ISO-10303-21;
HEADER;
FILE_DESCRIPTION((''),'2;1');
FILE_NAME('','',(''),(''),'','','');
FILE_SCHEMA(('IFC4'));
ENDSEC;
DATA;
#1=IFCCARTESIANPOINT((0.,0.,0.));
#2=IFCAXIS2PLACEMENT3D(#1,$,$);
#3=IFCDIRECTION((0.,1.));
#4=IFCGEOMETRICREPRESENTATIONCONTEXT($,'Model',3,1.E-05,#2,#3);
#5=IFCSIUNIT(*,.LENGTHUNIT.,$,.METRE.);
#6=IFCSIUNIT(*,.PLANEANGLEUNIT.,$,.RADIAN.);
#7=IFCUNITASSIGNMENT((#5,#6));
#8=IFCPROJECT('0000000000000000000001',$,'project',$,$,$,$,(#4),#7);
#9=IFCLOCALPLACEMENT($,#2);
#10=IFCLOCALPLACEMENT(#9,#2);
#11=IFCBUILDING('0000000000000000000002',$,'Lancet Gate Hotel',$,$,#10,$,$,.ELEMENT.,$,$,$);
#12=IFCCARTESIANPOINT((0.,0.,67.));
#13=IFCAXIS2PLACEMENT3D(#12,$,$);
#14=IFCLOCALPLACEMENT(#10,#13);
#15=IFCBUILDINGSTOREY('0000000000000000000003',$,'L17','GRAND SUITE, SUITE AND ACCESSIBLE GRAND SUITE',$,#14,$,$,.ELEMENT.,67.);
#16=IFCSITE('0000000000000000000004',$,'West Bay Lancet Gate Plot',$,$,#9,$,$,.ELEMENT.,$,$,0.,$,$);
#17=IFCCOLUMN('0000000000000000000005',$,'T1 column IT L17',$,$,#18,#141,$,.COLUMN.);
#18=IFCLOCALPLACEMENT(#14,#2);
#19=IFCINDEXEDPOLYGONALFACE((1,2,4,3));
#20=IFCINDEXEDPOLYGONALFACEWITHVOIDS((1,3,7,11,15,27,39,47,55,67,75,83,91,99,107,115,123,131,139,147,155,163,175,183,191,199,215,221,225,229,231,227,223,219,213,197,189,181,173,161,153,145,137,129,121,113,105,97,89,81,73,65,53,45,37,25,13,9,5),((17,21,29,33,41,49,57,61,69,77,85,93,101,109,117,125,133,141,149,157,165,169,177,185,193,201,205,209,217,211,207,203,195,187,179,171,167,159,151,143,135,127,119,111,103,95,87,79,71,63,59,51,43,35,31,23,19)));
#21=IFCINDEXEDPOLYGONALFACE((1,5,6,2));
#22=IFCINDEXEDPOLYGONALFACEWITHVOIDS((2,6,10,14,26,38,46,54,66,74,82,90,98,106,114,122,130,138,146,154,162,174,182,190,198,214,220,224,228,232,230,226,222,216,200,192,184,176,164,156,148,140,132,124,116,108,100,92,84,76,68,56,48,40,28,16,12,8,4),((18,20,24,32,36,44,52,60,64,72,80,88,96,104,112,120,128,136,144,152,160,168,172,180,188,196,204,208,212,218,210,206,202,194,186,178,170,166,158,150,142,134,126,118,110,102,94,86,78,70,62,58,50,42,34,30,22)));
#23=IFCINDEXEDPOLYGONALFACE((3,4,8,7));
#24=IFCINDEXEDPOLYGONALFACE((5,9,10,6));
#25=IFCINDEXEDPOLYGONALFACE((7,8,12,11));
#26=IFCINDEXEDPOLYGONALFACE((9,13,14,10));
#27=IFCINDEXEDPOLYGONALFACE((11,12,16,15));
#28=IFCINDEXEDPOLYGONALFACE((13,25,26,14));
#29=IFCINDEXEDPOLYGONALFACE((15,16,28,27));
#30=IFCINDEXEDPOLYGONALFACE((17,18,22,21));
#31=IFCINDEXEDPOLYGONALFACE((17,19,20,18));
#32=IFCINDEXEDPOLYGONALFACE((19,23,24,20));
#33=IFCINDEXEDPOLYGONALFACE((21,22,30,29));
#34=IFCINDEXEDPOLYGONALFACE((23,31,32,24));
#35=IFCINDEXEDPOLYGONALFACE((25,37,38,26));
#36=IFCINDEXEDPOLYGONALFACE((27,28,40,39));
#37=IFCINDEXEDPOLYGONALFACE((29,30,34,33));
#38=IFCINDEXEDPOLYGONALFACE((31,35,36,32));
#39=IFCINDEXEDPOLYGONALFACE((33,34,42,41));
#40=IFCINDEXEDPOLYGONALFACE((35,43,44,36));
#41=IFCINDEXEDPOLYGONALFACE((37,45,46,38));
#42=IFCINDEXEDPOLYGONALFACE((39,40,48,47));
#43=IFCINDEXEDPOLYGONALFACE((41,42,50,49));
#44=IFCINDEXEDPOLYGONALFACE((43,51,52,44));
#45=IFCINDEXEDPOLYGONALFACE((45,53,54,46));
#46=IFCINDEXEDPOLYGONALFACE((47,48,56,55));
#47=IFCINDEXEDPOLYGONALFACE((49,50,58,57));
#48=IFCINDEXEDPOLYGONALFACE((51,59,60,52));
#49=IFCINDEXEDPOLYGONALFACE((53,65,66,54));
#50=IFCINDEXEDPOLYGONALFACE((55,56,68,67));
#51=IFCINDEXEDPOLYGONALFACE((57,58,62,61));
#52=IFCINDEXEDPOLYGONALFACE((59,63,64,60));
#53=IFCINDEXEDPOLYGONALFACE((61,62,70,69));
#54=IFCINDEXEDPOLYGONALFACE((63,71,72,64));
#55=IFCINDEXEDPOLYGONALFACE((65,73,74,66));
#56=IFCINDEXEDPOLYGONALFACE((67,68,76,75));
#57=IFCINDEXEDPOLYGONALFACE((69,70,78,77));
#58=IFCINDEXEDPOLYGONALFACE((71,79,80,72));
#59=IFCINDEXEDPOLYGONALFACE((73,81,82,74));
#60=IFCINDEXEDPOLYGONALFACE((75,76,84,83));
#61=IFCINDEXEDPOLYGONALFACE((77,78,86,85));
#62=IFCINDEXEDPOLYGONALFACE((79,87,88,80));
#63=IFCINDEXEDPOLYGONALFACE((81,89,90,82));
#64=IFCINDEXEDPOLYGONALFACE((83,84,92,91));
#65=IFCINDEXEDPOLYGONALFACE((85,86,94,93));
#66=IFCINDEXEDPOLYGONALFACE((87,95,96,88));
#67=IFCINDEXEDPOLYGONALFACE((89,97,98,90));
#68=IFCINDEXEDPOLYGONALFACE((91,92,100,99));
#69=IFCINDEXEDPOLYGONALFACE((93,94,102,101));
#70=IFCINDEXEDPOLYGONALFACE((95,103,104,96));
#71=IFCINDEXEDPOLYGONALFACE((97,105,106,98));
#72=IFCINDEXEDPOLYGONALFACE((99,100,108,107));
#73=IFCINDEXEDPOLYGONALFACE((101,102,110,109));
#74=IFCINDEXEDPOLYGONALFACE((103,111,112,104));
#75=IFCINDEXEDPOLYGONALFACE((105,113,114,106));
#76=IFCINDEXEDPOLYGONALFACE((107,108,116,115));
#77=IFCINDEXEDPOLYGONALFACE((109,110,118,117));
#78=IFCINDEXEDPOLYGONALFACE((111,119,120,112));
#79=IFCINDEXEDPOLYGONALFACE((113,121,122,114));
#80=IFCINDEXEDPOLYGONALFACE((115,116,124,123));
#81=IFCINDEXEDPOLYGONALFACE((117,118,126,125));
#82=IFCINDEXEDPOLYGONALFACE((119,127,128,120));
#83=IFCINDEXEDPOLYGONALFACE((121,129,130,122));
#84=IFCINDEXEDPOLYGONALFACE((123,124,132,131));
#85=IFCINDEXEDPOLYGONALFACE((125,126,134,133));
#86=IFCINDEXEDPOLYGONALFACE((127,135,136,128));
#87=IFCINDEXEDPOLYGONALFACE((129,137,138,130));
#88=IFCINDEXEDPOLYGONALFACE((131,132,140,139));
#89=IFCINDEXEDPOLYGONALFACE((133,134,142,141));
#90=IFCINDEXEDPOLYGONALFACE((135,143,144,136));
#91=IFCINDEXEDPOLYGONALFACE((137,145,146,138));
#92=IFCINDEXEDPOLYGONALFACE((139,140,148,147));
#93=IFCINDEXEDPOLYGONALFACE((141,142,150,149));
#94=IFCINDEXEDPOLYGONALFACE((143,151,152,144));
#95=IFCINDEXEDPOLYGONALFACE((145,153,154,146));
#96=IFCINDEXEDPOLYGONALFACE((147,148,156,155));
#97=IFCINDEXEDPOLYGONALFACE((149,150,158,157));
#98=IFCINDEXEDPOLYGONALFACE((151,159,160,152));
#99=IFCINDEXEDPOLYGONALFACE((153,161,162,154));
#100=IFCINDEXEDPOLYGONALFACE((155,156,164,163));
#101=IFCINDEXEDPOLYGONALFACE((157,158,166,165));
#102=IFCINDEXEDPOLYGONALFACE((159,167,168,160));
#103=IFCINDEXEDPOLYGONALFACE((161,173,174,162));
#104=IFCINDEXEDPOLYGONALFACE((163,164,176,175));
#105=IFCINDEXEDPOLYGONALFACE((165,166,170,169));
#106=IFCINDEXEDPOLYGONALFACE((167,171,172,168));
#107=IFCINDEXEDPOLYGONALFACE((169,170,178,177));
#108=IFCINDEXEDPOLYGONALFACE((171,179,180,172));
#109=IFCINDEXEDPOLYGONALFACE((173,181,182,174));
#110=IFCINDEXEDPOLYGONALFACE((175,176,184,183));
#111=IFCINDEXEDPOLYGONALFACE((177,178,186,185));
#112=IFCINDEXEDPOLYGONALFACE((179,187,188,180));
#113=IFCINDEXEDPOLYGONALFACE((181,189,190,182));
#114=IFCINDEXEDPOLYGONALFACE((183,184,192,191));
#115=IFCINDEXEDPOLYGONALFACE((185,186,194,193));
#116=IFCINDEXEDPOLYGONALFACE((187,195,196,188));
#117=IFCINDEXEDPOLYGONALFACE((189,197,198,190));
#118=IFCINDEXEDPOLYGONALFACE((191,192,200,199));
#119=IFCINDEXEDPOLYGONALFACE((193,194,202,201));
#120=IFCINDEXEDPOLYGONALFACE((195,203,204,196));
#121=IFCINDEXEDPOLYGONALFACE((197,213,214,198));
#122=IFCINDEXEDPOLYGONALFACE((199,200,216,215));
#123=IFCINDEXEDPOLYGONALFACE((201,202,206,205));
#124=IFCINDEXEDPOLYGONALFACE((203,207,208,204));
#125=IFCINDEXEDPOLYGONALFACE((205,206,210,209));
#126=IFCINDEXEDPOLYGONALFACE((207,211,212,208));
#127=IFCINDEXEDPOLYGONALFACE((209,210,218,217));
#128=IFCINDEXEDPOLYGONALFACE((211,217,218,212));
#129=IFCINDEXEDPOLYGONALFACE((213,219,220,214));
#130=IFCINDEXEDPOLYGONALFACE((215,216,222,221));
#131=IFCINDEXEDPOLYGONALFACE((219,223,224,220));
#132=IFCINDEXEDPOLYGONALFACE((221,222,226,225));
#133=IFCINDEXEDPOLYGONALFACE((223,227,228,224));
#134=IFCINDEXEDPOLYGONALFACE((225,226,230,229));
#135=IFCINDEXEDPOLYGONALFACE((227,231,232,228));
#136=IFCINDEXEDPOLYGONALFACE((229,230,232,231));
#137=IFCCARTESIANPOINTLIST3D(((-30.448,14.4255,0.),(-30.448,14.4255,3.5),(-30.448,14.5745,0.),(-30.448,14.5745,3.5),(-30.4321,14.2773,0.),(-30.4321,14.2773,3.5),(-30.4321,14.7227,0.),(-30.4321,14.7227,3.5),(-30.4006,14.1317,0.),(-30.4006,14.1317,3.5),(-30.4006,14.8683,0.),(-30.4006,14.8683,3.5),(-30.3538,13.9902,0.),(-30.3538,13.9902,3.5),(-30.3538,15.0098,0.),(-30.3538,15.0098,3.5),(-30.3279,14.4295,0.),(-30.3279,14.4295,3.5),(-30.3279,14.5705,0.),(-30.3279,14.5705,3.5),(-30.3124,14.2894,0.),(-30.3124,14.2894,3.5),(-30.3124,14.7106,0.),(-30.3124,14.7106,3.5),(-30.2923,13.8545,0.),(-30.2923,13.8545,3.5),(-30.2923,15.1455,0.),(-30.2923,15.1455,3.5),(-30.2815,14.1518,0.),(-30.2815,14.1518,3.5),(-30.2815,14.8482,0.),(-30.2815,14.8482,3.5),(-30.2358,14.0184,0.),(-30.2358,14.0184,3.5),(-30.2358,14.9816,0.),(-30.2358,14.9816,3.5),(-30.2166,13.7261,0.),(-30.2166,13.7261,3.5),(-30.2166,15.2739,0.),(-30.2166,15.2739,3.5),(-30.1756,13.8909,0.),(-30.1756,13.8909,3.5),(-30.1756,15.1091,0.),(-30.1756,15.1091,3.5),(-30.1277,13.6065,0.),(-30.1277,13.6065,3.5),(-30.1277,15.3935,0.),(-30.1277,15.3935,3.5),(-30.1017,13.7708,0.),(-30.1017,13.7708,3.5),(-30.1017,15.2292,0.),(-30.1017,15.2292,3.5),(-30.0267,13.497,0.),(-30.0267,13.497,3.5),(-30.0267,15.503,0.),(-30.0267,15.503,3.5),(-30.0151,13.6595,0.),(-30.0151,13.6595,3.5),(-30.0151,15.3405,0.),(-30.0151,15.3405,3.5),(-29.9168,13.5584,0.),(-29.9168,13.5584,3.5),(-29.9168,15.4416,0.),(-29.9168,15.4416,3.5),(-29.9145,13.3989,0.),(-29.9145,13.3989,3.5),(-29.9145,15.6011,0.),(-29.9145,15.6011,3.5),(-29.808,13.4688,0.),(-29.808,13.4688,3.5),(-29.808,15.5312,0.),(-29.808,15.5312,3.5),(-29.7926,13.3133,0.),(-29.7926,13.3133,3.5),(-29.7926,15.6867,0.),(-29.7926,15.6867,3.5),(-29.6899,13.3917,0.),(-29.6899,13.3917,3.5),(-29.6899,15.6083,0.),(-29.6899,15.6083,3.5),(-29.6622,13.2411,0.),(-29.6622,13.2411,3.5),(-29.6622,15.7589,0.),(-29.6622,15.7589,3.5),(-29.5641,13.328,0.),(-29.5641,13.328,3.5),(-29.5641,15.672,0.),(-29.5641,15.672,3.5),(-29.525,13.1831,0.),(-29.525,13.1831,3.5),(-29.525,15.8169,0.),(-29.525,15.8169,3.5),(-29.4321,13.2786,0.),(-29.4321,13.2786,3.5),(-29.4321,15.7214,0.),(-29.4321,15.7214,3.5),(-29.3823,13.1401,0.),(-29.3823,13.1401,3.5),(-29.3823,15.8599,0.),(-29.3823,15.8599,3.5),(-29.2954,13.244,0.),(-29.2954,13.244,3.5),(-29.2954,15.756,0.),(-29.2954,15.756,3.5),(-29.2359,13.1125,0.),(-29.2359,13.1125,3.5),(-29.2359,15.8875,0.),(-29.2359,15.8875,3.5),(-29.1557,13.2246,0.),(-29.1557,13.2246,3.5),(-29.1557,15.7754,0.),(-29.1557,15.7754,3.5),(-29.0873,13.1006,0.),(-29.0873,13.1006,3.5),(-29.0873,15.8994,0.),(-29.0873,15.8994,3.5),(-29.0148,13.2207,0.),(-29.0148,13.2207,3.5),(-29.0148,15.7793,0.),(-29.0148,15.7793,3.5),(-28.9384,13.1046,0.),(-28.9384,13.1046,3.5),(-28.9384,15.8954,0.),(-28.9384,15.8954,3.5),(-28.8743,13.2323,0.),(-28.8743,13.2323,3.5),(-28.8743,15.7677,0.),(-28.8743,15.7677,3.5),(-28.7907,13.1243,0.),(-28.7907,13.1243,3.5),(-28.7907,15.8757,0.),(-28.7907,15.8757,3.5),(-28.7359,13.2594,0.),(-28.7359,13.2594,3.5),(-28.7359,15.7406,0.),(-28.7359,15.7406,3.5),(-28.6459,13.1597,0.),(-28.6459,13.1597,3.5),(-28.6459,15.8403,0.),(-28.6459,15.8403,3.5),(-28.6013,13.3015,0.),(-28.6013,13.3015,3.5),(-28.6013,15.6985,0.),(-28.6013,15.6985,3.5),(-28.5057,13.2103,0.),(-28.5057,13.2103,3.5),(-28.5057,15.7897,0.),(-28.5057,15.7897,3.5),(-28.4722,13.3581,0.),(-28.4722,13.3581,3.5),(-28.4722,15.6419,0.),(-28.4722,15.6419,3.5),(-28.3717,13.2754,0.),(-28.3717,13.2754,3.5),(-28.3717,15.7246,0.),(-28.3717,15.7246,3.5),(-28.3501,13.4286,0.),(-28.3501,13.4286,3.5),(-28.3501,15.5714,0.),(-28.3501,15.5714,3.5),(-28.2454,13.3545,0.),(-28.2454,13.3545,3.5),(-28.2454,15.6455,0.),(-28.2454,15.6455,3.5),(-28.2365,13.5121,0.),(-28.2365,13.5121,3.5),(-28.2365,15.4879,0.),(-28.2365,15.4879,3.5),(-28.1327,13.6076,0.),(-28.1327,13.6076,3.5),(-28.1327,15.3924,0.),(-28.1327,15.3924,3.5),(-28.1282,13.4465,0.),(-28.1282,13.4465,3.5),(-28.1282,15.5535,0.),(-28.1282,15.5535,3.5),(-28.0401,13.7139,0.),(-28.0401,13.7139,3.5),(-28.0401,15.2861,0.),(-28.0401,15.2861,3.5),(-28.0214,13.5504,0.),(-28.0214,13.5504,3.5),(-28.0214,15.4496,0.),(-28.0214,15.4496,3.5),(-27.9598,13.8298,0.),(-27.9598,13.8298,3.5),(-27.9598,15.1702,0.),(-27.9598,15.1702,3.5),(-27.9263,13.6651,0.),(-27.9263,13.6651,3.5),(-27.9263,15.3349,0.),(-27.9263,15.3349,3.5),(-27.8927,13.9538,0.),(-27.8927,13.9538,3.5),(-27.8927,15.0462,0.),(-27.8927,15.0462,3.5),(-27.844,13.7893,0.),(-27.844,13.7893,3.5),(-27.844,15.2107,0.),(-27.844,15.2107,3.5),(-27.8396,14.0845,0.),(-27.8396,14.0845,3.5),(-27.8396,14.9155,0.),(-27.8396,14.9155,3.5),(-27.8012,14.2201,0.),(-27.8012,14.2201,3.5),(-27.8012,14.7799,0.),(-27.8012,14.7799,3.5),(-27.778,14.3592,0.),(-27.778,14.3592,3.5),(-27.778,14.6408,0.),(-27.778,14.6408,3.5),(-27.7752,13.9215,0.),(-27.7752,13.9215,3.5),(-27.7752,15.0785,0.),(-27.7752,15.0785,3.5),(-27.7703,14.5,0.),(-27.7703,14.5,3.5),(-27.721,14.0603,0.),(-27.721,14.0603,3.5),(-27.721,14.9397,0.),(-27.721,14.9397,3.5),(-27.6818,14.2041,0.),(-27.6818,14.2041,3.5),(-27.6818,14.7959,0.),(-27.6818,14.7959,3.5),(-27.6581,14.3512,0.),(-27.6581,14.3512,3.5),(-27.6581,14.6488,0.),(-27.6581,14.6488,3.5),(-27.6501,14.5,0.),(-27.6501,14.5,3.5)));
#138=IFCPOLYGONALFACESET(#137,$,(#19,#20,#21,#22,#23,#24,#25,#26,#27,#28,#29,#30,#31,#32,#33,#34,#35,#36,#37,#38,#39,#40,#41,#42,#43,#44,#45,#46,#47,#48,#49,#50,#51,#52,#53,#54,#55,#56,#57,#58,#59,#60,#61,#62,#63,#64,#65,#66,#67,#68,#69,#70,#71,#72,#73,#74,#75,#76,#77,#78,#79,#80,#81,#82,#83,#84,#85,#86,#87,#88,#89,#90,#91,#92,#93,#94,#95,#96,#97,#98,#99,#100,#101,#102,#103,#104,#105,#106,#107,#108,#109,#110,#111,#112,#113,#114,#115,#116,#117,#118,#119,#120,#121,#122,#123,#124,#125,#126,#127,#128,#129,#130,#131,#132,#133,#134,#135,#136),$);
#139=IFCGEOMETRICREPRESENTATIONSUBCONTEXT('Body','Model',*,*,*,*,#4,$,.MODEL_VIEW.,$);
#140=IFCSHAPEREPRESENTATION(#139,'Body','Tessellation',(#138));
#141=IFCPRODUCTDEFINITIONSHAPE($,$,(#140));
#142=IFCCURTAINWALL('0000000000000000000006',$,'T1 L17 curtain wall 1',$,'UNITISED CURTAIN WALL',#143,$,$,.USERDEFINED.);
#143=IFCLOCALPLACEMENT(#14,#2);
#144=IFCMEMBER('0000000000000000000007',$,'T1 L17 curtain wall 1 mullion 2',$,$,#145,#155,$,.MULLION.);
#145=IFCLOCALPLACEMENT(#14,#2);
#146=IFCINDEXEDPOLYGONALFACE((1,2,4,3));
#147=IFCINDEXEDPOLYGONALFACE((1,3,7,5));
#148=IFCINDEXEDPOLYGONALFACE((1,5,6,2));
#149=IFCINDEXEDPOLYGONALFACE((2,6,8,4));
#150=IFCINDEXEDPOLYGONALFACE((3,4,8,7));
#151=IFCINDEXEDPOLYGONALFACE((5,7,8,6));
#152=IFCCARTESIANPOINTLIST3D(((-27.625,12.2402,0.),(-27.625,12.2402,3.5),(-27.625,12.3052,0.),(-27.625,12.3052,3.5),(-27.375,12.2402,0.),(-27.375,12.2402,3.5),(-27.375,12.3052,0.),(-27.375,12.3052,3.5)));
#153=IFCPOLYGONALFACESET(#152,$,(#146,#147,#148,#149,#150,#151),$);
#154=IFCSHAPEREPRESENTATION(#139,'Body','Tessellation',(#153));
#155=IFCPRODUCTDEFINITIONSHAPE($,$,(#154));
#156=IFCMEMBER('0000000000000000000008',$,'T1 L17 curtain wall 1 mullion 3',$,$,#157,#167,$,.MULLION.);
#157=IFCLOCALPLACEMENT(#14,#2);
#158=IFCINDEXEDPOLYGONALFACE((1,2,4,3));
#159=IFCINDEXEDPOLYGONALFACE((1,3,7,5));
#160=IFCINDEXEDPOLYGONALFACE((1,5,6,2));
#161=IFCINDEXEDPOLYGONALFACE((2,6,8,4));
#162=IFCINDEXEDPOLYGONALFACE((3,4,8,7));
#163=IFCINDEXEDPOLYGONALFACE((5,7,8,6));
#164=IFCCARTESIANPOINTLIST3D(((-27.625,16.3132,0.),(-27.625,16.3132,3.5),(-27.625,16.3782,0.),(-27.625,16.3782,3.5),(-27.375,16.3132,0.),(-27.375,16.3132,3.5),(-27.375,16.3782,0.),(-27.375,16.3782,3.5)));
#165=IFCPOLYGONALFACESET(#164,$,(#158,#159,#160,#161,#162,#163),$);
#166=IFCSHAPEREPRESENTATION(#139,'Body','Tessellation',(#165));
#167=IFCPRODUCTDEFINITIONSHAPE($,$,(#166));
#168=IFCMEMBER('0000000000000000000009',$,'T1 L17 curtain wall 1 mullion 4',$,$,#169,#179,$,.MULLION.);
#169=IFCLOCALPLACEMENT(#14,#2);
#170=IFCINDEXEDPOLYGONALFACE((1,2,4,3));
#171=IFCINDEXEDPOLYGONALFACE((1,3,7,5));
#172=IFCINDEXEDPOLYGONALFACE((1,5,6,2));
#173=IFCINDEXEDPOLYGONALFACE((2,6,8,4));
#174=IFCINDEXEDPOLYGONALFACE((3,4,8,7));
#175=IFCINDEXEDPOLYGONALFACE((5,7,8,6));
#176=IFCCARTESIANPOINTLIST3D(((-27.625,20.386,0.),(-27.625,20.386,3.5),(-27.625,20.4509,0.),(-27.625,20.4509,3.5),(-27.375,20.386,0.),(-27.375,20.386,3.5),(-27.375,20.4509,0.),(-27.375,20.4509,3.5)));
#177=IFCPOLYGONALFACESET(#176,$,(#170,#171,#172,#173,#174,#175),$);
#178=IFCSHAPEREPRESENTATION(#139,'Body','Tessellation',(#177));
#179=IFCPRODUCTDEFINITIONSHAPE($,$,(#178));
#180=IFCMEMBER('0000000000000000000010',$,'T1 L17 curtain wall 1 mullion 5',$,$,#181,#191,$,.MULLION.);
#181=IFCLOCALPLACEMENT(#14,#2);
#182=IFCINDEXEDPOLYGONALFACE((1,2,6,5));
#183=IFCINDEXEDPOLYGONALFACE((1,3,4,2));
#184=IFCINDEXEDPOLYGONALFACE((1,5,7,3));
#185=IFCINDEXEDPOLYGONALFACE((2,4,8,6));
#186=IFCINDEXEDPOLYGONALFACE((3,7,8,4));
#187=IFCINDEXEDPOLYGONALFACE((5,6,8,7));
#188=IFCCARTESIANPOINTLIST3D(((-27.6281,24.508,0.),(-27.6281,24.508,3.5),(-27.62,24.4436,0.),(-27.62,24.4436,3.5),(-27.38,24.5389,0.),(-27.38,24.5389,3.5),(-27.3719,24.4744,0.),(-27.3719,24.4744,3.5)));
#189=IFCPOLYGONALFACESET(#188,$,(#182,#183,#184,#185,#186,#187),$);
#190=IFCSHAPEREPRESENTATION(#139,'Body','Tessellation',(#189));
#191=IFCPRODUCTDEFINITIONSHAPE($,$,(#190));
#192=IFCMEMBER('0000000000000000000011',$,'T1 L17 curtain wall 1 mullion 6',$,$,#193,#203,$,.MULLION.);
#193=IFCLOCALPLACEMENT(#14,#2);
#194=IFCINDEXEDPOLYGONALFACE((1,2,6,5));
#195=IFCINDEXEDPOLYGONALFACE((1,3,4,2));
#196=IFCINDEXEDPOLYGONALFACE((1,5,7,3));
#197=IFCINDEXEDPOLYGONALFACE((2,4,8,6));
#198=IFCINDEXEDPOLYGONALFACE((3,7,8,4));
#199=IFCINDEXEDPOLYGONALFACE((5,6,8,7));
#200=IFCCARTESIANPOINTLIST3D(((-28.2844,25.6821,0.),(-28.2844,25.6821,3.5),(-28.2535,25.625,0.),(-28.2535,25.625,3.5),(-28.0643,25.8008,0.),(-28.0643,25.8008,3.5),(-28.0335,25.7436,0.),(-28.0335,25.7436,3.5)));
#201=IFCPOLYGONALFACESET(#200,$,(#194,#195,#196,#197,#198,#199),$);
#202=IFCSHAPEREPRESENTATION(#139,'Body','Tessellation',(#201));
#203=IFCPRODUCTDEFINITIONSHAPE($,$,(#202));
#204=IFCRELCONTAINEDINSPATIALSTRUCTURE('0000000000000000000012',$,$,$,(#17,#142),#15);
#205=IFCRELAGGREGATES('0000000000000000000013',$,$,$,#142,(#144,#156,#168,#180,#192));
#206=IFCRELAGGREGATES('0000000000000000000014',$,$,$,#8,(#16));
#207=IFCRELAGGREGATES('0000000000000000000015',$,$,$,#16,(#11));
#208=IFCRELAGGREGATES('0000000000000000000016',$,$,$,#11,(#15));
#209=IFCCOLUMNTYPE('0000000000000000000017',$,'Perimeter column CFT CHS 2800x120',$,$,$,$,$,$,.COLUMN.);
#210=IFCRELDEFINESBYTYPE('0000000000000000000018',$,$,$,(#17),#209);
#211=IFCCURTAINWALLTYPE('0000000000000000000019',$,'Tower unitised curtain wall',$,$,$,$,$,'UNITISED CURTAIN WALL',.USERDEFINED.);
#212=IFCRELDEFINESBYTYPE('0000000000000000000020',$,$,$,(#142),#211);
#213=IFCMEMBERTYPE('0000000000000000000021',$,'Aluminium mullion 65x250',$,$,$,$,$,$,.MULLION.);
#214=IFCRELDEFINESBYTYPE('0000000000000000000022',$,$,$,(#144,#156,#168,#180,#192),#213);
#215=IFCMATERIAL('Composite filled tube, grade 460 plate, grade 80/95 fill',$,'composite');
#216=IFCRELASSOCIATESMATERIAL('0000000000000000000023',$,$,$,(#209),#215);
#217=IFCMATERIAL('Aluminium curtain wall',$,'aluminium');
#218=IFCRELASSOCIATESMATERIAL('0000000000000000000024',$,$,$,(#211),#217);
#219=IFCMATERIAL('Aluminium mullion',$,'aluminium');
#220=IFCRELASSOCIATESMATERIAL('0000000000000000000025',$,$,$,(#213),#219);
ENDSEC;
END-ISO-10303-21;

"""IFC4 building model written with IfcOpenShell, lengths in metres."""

from ifc_helpers import new_model, si_unit, direction, frame, origin, origin_2d, place, context, subcontext, project, spatial, rectangle, hollow_circle, extrude, material, material_profile, profile_set, type_object, element, aggregate, save


model = new_model("IFC4")

# Units and contexts
model_context = context("Model", 3, precision=1e-05, world=origin(), true_north=direction((0.0, 1.0)))
body_context = subcontext(model_context, "Body", "Model", "MODEL_VIEW")
ifc_project = project(units=[si_unit("LENGTHUNIT", "METRE"), si_unit("PLANEANGLEUNIT", "RADIAN")], contexts=[model_context])

# Site, building, storey
site_placement = place(None, origin())
site = spatial("IfcSite", under=ifc_project, at=site_placement, Name="West Bay Lancet Gate Plot", CompositionType="ELEMENT", RefElevation=0.0)
building_placement = place(site_placement, origin())
building = spatial("IfcBuilding", under=site, at=building_placement, Name="Lancet Gate Hotel", CompositionType="ELEMENT")
storey_placement = place(building_placement, frame((0.0, 0.0, 67.0)))
storey = spatial("IfcBuildingStorey", under=building, at=storey_placement, Name="L17", Description="GRAND SUITE, SUITE AND ACCESSIBLE GRAND SUITE", CompositionType="ELEMENT", Elevation=67.0)

# Column
ifc_material_1 = material(Name="Composite filled tube, grade 460 plate, grade 80/95 fill", Category="composite")
ifc_material_profile_1 = material_profile(ifc_material_1, hollow_circle(Radius=1.3999, WallThickness=0.1201, at=origin_2d()), Name="CHS 2800x120")
ifc_profile_set_1 = profile_set([ifc_material_profile_1], Name="Composite filled tube, grade 460 plate, grade 80/95 fill")
column_type = type_object("IfcColumnType", Name="Perimeter column CFT CHS 2800x120", PredefinedType="COLUMN", material=ifc_profile_set_1)
for number, where, z_axis, x_axis, name in (
    (1, (-29.05, 14.5, 0.0), (0.0, 0.0, 1.0), (1.0, 0.0, 0.0), "T1 column IT L17"),
):
    element("IfcColumn", number, at=place(storey_placement, frame(where, z_axis=z_axis, x_axis=x_axis)), inside=storey, type_object=column_type, Name=name, PredefinedType="COLUMN", context=body_context, shape_type="SweptSolid", body=[
        extrude(hollow_circle(Radius=1.3999, WallThickness=0.1201, at=origin_2d()), origin(), (0.0, 0.0, 1.0), 3.5),
    ])

# Curtain wall, members
ifc_material_2 = material(Name="Aluminium curtain wall", Category="aluminium")
curtain_wall_type = type_object("IfcCurtainWallType", Name="Tower unitised curtain wall", ElementType="UNITISED CURTAIN WALL", PredefinedType="USERDEFINED", material=ifc_material_2)
curtain_wall_placement = place(storey_placement, origin())
curtain_wall = element("IfcCurtainWall", 2, at=curtain_wall_placement, inside=storey, type_object=curtain_wall_type, Name="T1 L17 curtain wall 1", ObjectType="UNITISED CURTAIN WALL", PredefinedType="USERDEFINED")
ifc_material_3 = material(Name="Aluminium mullion", Category="aluminium")
ifc_material_profile_2 = material_profile(ifc_material_3, rectangle(XDim=0.0649, YDim=0.25, at=origin_2d()), Name="MULLION 65x250")
ifc_profile_set_2 = profile_set([ifc_material_profile_2], Name="Aluminium mullion")
member_type_1 = type_object("IfcMemberType", Name="Aluminium mullion 65x250", PredefinedType="MULLION", material=ifc_profile_set_2)
member_1_placement = place(storey_placement, frame((-27.5, 12.2727, 0.0), z_axis=(0.0, 0.0, 1.0), x_axis=(0.0, 1.0, 0.0)))
member_1 = element("IfcMember", 3, at=member_1_placement, type_object=member_type_1, Name="T1 L17 curtain wall 1 mullion 2", PredefinedType="MULLION", context=body_context, shape_type="SweptSolid", body=[
    extrude(rectangle(XDim=0.0649, YDim=0.25, at=origin_2d()), origin(), (0.0, 0.0, 1.0), 3.5),
])
member_2_placement = place(storey_placement, frame((-27.5, 16.3457, 0.0), z_axis=(0.0, 0.0, 1.0), x_axis=(0.0, 1.0, 0.0)))
member_2 = element("IfcMember", 4, at=member_2_placement, type_object=member_type_1, Name="T1 L17 curtain wall 1 mullion 3", PredefinedType="MULLION", context=body_context, shape_type="SweptSolid", body=[
    extrude(rectangle(XDim=0.0649, YDim=0.25, at=origin_2d()), origin(), (0.0, 0.0, 1.0), 3.5),
])
member_3_placement = place(storey_placement, frame((-27.5, 20.4185, 0.0), z_axis=(0.0, 0.0, 1.0), x_axis=(0.0, 1.0, 0.0)))
member_3 = element("IfcMember", 5, at=member_3_placement, type_object=member_type_1, Name="T1 L17 curtain wall 1 mullion 4", PredefinedType="MULLION", context=body_context, shape_type="SweptSolid", body=[
    extrude(rectangle(XDim=0.0649, YDim=0.25, at=origin_2d()), origin(), (0.0, 0.0, 1.0), 3.5),
])
member_4_placement = place(storey_placement, frame((-27.5, 24.4912, 0.0), z_axis=(0.0, 0.0, 1.0), x_axis=(-0.123483, 0.992347, 0.0)))
member_4 = element("IfcMember", 6, at=member_4_placement, type_object=member_type_1, Name="T1 L17 curtain wall 1 mullion 5", PredefinedType="MULLION", context=body_context, shape_type="SweptSolid", body=[
    extrude(rectangle(XDim=0.0649, YDim=0.25, at=origin_2d()), origin(), (0.0, 0.0, 1.0), 3.5),
])
member_5_placement = place(storey_placement, frame((-28.1589, 25.7129, 0.0), z_axis=(0.0, 0.0, 1.0), x_axis=(-0.474631, 0.880185, 0.0)))
member_5 = element("IfcMember", 7, at=member_5_placement, type_object=member_type_1, Name="T1 L17 curtain wall 1 mullion 6", PredefinedType="MULLION", context=body_context, shape_type="SweptSolid", body=[
    extrude(rectangle(XDim=0.0649, YDim=0.25, at=origin_2d()), origin(), (0.0, 0.0, 1.0), 3.5),
])

aggregate(curtain_wall, [member_1, member_2, member_3, member_4, member_5])

save(model, "model.ifc")
